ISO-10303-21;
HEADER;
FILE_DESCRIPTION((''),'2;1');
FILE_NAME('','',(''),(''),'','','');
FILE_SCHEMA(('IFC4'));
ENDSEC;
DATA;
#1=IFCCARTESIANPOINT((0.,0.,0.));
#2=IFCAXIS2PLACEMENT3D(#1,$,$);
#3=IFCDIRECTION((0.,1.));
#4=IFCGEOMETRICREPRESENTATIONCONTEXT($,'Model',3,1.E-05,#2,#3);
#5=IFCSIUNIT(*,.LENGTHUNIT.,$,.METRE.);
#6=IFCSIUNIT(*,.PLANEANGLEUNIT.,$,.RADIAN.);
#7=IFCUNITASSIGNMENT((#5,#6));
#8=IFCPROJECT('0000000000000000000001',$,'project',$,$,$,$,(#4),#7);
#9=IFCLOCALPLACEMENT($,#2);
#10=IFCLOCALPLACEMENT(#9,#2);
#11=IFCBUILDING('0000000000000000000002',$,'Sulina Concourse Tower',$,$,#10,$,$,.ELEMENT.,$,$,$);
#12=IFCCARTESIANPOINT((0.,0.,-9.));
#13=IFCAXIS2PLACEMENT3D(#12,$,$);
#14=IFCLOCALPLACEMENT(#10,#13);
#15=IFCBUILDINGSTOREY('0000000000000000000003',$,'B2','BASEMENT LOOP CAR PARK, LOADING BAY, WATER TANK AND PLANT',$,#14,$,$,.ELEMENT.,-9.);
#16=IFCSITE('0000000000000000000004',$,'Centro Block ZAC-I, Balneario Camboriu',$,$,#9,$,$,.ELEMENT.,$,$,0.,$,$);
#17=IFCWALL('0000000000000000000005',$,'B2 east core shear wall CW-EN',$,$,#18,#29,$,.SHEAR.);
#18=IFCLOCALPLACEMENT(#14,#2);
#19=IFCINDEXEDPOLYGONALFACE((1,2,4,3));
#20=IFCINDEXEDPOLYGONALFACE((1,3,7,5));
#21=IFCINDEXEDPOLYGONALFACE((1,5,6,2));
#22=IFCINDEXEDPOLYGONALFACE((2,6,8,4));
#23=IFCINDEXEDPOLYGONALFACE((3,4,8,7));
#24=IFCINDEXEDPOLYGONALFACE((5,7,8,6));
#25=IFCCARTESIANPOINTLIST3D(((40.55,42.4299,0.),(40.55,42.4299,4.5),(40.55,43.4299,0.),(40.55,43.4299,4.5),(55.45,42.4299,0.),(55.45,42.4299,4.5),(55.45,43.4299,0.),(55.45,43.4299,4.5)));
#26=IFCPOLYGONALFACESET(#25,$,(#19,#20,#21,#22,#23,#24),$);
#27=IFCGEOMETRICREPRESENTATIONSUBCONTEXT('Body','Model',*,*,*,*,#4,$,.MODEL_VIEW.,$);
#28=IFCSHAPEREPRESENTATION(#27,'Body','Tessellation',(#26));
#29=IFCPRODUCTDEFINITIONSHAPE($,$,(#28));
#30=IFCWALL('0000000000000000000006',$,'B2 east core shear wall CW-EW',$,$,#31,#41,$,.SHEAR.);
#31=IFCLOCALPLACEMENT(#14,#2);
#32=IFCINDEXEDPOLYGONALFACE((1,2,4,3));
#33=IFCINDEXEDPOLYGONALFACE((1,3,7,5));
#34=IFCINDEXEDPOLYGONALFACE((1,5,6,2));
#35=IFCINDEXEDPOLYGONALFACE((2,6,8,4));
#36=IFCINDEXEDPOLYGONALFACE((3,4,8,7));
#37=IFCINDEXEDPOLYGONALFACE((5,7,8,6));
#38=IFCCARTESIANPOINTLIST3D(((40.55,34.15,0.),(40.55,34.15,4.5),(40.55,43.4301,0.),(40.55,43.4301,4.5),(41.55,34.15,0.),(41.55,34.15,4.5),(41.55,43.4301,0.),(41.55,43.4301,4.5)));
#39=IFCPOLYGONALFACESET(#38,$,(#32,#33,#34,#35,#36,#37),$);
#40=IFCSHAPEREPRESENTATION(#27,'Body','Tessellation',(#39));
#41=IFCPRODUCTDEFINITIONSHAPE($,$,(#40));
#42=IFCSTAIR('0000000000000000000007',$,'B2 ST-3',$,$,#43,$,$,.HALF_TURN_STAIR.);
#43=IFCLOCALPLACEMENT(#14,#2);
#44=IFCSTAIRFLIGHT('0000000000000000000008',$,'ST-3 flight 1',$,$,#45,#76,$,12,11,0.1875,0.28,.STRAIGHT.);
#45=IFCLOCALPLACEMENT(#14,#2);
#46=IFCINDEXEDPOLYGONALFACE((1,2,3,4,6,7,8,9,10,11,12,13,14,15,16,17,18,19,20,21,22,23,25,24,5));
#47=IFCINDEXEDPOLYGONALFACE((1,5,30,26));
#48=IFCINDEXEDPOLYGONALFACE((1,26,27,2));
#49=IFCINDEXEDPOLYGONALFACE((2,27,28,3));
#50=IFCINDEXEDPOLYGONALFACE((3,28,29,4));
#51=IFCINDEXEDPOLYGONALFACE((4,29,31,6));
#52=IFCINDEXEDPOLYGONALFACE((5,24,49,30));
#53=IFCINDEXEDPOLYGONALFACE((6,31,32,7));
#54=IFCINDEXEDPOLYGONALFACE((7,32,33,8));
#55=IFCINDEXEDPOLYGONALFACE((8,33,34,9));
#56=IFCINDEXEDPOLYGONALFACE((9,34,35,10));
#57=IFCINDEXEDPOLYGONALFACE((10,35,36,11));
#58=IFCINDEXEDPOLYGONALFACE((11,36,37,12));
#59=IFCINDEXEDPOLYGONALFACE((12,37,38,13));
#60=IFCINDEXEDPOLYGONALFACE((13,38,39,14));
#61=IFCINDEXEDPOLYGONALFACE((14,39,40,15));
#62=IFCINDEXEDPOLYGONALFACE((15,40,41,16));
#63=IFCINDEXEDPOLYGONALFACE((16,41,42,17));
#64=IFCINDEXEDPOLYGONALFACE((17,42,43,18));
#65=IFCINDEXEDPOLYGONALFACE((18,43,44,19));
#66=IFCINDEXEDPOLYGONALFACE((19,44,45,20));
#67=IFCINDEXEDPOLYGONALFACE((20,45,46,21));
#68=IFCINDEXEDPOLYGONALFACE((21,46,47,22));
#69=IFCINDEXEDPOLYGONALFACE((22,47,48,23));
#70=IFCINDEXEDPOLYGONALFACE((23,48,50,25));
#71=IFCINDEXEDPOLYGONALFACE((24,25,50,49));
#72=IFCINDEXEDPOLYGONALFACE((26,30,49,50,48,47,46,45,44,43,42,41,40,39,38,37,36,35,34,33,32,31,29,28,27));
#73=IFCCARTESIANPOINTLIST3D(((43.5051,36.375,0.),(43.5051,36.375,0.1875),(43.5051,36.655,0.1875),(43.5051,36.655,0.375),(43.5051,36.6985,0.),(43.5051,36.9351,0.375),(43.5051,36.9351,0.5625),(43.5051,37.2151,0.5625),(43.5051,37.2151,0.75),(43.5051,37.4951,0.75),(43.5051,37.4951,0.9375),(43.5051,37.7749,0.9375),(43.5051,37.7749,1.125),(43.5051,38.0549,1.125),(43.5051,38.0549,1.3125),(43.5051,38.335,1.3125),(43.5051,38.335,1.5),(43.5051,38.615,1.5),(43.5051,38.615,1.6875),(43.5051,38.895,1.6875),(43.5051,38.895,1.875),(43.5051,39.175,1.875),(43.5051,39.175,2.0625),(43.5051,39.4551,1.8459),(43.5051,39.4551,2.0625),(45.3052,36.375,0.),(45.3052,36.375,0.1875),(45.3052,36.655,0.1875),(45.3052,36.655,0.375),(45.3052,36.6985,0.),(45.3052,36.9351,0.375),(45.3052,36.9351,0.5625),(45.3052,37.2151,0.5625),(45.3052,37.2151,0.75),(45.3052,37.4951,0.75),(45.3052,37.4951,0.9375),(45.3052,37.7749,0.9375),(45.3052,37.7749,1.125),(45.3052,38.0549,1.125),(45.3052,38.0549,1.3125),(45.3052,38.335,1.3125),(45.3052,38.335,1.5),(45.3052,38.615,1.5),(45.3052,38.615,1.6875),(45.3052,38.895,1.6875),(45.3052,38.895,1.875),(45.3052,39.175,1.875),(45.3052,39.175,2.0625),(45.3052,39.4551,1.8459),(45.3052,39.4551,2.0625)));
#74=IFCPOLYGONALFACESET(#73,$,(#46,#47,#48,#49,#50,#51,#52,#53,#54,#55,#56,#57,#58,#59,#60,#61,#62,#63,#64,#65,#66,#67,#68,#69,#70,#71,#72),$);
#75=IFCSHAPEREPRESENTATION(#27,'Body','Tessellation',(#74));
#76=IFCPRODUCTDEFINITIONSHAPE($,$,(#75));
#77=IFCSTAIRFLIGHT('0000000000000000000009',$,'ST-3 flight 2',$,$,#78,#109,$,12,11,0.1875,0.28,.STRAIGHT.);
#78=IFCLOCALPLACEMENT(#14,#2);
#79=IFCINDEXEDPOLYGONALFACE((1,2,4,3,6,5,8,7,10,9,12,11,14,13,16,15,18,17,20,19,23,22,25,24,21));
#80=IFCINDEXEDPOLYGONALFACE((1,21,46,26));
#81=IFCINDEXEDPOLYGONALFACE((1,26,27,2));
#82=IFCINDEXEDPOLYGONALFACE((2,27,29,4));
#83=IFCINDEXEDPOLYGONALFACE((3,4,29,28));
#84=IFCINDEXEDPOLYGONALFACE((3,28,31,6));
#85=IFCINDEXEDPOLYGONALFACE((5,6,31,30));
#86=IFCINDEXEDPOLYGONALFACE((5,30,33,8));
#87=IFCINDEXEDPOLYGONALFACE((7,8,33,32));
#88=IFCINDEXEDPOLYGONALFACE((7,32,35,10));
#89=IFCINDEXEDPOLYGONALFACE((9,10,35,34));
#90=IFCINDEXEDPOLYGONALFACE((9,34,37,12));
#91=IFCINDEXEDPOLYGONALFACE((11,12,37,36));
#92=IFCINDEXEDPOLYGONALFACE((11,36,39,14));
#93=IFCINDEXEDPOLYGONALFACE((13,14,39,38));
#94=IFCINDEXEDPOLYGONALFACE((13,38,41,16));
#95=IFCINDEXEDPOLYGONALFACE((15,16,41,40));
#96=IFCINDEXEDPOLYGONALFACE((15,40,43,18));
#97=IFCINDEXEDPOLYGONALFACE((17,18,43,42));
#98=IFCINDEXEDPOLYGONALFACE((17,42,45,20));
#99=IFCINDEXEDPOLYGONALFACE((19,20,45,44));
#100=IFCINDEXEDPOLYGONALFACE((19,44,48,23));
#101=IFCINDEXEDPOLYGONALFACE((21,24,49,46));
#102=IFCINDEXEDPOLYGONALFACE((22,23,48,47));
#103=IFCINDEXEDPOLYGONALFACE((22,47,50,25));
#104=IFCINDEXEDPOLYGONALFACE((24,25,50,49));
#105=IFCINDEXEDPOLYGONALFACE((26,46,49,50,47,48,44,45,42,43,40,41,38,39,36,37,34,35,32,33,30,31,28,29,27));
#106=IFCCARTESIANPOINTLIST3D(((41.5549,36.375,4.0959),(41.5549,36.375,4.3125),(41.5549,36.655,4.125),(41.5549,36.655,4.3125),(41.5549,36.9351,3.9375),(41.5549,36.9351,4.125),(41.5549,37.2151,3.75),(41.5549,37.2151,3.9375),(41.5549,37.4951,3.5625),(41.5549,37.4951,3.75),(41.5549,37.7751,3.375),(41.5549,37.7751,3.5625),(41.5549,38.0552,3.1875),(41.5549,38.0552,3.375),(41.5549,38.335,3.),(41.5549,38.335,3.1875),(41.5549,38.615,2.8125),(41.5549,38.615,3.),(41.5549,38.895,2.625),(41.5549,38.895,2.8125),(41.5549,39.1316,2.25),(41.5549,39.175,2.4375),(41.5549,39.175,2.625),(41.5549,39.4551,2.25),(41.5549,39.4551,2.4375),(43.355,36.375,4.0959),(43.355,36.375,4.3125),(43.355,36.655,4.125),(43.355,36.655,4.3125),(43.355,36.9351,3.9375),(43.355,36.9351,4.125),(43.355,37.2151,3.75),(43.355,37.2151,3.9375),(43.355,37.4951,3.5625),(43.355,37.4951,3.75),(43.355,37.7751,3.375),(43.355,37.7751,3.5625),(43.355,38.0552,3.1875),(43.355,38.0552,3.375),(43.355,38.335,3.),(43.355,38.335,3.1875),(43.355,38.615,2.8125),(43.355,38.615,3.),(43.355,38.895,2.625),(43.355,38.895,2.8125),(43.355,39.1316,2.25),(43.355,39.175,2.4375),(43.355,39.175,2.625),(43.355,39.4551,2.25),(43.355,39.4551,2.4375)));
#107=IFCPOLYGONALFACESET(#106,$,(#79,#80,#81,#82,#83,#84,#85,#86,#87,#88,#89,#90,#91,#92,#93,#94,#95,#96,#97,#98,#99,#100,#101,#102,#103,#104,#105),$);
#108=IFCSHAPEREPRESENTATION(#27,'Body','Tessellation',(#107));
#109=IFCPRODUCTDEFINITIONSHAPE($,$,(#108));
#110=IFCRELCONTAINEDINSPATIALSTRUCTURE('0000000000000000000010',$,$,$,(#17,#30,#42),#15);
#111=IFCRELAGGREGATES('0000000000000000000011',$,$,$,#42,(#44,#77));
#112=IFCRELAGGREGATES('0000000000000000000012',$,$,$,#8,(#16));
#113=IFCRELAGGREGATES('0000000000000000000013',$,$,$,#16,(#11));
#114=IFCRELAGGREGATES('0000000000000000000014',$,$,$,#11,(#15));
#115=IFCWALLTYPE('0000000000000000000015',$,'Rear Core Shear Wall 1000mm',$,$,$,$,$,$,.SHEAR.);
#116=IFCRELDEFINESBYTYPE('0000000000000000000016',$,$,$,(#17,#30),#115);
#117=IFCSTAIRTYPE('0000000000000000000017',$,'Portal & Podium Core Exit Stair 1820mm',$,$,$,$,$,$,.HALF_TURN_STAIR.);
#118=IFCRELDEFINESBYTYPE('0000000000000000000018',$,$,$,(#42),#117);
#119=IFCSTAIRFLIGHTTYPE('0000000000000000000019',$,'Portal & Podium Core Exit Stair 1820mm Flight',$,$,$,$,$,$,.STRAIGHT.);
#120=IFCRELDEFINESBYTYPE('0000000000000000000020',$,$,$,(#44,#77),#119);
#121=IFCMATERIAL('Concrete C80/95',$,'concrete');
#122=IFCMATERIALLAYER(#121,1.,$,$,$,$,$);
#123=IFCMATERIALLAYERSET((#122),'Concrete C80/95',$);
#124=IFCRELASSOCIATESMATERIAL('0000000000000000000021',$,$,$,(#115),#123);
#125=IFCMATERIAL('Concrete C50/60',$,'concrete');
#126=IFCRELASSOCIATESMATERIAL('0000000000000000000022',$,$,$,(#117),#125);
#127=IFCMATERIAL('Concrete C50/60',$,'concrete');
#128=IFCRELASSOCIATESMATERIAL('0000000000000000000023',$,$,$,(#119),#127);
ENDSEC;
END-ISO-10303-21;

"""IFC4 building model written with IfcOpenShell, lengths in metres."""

from ifc_helpers import new_model, si_unit, direction, frame, frame_2d, origin, place, context, subcontext, project, spatial, polyline, rectangle, outline, extrude, material, layer, layer_set, type_object, element, aggregate, save


model = new_model("IFC4")

# Units and contexts
model_context = context("Model", 3, precision=1e-05, world=origin(), true_north=direction((0.0, 1.0)))
body_context = subcontext(model_context, "Body", "Model", "MODEL_VIEW")
ifc_project = project(units=[si_unit("LENGTHUNIT", "METRE"), si_unit("PLANEANGLEUNIT", "RADIAN")], contexts=[model_context])

# Site, building, storey
site_placement = place(None, origin())
site = spatial("IfcSite", under=ifc_project, at=site_placement, Name="Centro Block ZAC-I, Balneario Camboriu", CompositionType="ELEMENT", RefElevation=0.0)
building_placement = place(site_placement, origin())
building = spatial("IfcBuilding", under=site, at=building_placement, Name="Sulina Concourse Tower", CompositionType="ELEMENT")
storey_placement = place(building_placement, frame((0.0, 0.0, -9.0)))
storey = spatial("IfcBuildingStorey", under=building, at=storey_placement, Name="B2", Description="BASEMENT LOOP CAR PARK, LOADING BAY, WATER TANK AND PLANT", CompositionType="ELEMENT", Elevation=-9.0)

# Walls
ifc_material_1 = material(Name="Concrete C80/95", Category="concrete")
ifc_layer_1 = layer(ifc_material_1, 1.0)
ifc_layer_set_1 = layer_set([ifc_layer_1], Name="Concrete C80/95")
wall_type_1 = type_object("IfcWallType", Name="Rear Core Shear Wall 1000mm", PredefinedType="SHEAR", material=ifc_layer_set_1)
wall_1_placement = place(storey_placement, frame((40.55, 42.9299, 0.0), z_axis=(0.0, 0.0, 1.0), x_axis=(1.0, 0.0, 0.0)))
element("IfcWall", 1, at=wall_1_placement, inside=storey, type_object=wall_type_1, Name="B2 east core shear wall CW-EN", PredefinedType="SHEAR", context=body_context, shape_type="SweptSolid", body=[
    extrude(rectangle(XDim=14.8999, YDim=1.0, at=frame_2d((7.45, 0.0))), origin(), (0.0, 0.0, 1.0), 4.5),
])
wall_2_placement = place(storey_placement, frame((41.05, 34.1499, 0.0), z_axis=(0.0, 0.0, 1.0), x_axis=(0.0, 1.0, 0.0)))
element("IfcWall", 2, at=wall_2_placement, inside=storey, type_object=wall_type_1, Name="B2 east core shear wall CW-EW", PredefinedType="SHEAR", context=body_context, shape_type="SweptSolid", body=[
    extrude(rectangle(XDim=9.28, YDim=1.0, at=frame_2d((4.6401, 0.0))), origin(), (0.0, 0.0, 1.0), 4.5),
])

# Stair, stair flights
ifc_material_2 = material(Name="Concrete C50/60", Category="concrete")
stair_type = type_object("IfcStairType", Name="Portal & Podium Core Exit Stair 1820mm", PredefinedType="HALF_TURN_STAIR", material=ifc_material_2)
stair_placement = place(storey_placement, origin())
stair = element("IfcStair", 3, at=stair_placement, inside=storey, type_object=stair_type, Name="B2 ST-3", PredefinedType="HALF_TURN_STAIR")
ifc_material_3 = material(Name="Concrete C50/60", Category="concrete")
stair_flight_type = type_object("IfcStairFlightType", Name="Portal & Podium Core Exit Stair 1820mm Flight", PredefinedType="STRAIGHT", material=ifc_material_3)
stair_flight_1_placement = place(storey_placement, frame((44.405, 36.375, 0.0), z_axis=(0.0, 0.0, 1.0), x_axis=(0.0, 1.0, 0.0)))
stair_flight_1 = element("IfcStairFlight", 4, at=stair_flight_1_placement, type_object=stair_flight_type, Name="ST-3 flight 1", NumberOfRisers=12, NumberOfTreads=11, PredefinedType="STRAIGHT", RiserHeight=0.1875, TreadLength=0.28, context=body_context, shape_type="SweptSolid", body=[
    extrude(outline(polyline([(0.0, 0.0), (0.0, 0.1875), (0.28, 0.1875), (0.28, 0.375), (0.5601, 0.375), (0.5601, 0.5625), (0.8401, 0.5625), (0.8401, 0.75), (1.1201, 0.75), (1.1201, 0.9375), (1.3999, 0.9375), (1.3999, 1.125), (1.6799, 1.125), (1.6799, 1.3125), (1.96, 1.3125), (1.96, 1.5), (2.24, 1.5), (2.24, 1.6875), (2.52, 1.6875), (2.52, 1.875), (2.8, 1.875), (2.8, 2.0625), (3.0801, 2.0625), (3.0801, 2.25), (3.0801, 1.8459), (0.3235, 0.0), (0.0, 0.0)])), frame((0.0, 0.8999, 0.0), z_axis=(0.0, -1.0, 0.0), x_axis=(1.0, 0.0, 0.0)), (0.0, 0.0, 1.0), 1.8),
])
stair_flight_2_placement = place(storey_placement, frame((42.4551, 39.4551, 2.25), z_axis=(0.0, 0.0, 1.0), x_axis=(0.0, -1.0, 0.0)))
stair_flight_2 = element("IfcStairFlight", 5, at=stair_flight_2_placement, type_object=stair_flight_type, Name="ST-3 flight 2", NumberOfRisers=12, NumberOfTreads=11, PredefinedType="STRAIGHT", RiserHeight=0.1875, TreadLength=0.28, context=body_context, shape_type="SweptSolid", body=[
    extrude(outline(polyline([(0.0, 0.0), (0.0, 0.1875), (0.28, 0.1875), (0.28, 0.375), (0.5601, 0.375), (0.5601, 0.5625), (0.8401, 0.5625), (0.8401, 0.75), (1.1201, 0.75), (1.1201, 0.9375), (1.3999, 0.9375), (1.3999, 1.125), (1.6799, 1.125), (1.6799, 1.3125), (1.96, 1.3125), (1.96, 1.5), (2.24, 1.5), (2.24, 1.6875), (2.52, 1.6875), (2.52, 1.875), (2.8, 1.875), (2.8, 2.0625), (3.0801, 2.0625), (3.0801, 2.25), (3.0801, 1.8459), (0.3235, 0.0), (0.0, 0.0)])), frame((0.0, 0.8999, 0.0), z_axis=(0.0, -1.0, 0.0), x_axis=(1.0, 0.0, 0.0)), (0.0, 0.0, 1.0), 1.8),
])
aggregate(stair, [stair_flight_1, stair_flight_2])

save(model, "model.ifc")
